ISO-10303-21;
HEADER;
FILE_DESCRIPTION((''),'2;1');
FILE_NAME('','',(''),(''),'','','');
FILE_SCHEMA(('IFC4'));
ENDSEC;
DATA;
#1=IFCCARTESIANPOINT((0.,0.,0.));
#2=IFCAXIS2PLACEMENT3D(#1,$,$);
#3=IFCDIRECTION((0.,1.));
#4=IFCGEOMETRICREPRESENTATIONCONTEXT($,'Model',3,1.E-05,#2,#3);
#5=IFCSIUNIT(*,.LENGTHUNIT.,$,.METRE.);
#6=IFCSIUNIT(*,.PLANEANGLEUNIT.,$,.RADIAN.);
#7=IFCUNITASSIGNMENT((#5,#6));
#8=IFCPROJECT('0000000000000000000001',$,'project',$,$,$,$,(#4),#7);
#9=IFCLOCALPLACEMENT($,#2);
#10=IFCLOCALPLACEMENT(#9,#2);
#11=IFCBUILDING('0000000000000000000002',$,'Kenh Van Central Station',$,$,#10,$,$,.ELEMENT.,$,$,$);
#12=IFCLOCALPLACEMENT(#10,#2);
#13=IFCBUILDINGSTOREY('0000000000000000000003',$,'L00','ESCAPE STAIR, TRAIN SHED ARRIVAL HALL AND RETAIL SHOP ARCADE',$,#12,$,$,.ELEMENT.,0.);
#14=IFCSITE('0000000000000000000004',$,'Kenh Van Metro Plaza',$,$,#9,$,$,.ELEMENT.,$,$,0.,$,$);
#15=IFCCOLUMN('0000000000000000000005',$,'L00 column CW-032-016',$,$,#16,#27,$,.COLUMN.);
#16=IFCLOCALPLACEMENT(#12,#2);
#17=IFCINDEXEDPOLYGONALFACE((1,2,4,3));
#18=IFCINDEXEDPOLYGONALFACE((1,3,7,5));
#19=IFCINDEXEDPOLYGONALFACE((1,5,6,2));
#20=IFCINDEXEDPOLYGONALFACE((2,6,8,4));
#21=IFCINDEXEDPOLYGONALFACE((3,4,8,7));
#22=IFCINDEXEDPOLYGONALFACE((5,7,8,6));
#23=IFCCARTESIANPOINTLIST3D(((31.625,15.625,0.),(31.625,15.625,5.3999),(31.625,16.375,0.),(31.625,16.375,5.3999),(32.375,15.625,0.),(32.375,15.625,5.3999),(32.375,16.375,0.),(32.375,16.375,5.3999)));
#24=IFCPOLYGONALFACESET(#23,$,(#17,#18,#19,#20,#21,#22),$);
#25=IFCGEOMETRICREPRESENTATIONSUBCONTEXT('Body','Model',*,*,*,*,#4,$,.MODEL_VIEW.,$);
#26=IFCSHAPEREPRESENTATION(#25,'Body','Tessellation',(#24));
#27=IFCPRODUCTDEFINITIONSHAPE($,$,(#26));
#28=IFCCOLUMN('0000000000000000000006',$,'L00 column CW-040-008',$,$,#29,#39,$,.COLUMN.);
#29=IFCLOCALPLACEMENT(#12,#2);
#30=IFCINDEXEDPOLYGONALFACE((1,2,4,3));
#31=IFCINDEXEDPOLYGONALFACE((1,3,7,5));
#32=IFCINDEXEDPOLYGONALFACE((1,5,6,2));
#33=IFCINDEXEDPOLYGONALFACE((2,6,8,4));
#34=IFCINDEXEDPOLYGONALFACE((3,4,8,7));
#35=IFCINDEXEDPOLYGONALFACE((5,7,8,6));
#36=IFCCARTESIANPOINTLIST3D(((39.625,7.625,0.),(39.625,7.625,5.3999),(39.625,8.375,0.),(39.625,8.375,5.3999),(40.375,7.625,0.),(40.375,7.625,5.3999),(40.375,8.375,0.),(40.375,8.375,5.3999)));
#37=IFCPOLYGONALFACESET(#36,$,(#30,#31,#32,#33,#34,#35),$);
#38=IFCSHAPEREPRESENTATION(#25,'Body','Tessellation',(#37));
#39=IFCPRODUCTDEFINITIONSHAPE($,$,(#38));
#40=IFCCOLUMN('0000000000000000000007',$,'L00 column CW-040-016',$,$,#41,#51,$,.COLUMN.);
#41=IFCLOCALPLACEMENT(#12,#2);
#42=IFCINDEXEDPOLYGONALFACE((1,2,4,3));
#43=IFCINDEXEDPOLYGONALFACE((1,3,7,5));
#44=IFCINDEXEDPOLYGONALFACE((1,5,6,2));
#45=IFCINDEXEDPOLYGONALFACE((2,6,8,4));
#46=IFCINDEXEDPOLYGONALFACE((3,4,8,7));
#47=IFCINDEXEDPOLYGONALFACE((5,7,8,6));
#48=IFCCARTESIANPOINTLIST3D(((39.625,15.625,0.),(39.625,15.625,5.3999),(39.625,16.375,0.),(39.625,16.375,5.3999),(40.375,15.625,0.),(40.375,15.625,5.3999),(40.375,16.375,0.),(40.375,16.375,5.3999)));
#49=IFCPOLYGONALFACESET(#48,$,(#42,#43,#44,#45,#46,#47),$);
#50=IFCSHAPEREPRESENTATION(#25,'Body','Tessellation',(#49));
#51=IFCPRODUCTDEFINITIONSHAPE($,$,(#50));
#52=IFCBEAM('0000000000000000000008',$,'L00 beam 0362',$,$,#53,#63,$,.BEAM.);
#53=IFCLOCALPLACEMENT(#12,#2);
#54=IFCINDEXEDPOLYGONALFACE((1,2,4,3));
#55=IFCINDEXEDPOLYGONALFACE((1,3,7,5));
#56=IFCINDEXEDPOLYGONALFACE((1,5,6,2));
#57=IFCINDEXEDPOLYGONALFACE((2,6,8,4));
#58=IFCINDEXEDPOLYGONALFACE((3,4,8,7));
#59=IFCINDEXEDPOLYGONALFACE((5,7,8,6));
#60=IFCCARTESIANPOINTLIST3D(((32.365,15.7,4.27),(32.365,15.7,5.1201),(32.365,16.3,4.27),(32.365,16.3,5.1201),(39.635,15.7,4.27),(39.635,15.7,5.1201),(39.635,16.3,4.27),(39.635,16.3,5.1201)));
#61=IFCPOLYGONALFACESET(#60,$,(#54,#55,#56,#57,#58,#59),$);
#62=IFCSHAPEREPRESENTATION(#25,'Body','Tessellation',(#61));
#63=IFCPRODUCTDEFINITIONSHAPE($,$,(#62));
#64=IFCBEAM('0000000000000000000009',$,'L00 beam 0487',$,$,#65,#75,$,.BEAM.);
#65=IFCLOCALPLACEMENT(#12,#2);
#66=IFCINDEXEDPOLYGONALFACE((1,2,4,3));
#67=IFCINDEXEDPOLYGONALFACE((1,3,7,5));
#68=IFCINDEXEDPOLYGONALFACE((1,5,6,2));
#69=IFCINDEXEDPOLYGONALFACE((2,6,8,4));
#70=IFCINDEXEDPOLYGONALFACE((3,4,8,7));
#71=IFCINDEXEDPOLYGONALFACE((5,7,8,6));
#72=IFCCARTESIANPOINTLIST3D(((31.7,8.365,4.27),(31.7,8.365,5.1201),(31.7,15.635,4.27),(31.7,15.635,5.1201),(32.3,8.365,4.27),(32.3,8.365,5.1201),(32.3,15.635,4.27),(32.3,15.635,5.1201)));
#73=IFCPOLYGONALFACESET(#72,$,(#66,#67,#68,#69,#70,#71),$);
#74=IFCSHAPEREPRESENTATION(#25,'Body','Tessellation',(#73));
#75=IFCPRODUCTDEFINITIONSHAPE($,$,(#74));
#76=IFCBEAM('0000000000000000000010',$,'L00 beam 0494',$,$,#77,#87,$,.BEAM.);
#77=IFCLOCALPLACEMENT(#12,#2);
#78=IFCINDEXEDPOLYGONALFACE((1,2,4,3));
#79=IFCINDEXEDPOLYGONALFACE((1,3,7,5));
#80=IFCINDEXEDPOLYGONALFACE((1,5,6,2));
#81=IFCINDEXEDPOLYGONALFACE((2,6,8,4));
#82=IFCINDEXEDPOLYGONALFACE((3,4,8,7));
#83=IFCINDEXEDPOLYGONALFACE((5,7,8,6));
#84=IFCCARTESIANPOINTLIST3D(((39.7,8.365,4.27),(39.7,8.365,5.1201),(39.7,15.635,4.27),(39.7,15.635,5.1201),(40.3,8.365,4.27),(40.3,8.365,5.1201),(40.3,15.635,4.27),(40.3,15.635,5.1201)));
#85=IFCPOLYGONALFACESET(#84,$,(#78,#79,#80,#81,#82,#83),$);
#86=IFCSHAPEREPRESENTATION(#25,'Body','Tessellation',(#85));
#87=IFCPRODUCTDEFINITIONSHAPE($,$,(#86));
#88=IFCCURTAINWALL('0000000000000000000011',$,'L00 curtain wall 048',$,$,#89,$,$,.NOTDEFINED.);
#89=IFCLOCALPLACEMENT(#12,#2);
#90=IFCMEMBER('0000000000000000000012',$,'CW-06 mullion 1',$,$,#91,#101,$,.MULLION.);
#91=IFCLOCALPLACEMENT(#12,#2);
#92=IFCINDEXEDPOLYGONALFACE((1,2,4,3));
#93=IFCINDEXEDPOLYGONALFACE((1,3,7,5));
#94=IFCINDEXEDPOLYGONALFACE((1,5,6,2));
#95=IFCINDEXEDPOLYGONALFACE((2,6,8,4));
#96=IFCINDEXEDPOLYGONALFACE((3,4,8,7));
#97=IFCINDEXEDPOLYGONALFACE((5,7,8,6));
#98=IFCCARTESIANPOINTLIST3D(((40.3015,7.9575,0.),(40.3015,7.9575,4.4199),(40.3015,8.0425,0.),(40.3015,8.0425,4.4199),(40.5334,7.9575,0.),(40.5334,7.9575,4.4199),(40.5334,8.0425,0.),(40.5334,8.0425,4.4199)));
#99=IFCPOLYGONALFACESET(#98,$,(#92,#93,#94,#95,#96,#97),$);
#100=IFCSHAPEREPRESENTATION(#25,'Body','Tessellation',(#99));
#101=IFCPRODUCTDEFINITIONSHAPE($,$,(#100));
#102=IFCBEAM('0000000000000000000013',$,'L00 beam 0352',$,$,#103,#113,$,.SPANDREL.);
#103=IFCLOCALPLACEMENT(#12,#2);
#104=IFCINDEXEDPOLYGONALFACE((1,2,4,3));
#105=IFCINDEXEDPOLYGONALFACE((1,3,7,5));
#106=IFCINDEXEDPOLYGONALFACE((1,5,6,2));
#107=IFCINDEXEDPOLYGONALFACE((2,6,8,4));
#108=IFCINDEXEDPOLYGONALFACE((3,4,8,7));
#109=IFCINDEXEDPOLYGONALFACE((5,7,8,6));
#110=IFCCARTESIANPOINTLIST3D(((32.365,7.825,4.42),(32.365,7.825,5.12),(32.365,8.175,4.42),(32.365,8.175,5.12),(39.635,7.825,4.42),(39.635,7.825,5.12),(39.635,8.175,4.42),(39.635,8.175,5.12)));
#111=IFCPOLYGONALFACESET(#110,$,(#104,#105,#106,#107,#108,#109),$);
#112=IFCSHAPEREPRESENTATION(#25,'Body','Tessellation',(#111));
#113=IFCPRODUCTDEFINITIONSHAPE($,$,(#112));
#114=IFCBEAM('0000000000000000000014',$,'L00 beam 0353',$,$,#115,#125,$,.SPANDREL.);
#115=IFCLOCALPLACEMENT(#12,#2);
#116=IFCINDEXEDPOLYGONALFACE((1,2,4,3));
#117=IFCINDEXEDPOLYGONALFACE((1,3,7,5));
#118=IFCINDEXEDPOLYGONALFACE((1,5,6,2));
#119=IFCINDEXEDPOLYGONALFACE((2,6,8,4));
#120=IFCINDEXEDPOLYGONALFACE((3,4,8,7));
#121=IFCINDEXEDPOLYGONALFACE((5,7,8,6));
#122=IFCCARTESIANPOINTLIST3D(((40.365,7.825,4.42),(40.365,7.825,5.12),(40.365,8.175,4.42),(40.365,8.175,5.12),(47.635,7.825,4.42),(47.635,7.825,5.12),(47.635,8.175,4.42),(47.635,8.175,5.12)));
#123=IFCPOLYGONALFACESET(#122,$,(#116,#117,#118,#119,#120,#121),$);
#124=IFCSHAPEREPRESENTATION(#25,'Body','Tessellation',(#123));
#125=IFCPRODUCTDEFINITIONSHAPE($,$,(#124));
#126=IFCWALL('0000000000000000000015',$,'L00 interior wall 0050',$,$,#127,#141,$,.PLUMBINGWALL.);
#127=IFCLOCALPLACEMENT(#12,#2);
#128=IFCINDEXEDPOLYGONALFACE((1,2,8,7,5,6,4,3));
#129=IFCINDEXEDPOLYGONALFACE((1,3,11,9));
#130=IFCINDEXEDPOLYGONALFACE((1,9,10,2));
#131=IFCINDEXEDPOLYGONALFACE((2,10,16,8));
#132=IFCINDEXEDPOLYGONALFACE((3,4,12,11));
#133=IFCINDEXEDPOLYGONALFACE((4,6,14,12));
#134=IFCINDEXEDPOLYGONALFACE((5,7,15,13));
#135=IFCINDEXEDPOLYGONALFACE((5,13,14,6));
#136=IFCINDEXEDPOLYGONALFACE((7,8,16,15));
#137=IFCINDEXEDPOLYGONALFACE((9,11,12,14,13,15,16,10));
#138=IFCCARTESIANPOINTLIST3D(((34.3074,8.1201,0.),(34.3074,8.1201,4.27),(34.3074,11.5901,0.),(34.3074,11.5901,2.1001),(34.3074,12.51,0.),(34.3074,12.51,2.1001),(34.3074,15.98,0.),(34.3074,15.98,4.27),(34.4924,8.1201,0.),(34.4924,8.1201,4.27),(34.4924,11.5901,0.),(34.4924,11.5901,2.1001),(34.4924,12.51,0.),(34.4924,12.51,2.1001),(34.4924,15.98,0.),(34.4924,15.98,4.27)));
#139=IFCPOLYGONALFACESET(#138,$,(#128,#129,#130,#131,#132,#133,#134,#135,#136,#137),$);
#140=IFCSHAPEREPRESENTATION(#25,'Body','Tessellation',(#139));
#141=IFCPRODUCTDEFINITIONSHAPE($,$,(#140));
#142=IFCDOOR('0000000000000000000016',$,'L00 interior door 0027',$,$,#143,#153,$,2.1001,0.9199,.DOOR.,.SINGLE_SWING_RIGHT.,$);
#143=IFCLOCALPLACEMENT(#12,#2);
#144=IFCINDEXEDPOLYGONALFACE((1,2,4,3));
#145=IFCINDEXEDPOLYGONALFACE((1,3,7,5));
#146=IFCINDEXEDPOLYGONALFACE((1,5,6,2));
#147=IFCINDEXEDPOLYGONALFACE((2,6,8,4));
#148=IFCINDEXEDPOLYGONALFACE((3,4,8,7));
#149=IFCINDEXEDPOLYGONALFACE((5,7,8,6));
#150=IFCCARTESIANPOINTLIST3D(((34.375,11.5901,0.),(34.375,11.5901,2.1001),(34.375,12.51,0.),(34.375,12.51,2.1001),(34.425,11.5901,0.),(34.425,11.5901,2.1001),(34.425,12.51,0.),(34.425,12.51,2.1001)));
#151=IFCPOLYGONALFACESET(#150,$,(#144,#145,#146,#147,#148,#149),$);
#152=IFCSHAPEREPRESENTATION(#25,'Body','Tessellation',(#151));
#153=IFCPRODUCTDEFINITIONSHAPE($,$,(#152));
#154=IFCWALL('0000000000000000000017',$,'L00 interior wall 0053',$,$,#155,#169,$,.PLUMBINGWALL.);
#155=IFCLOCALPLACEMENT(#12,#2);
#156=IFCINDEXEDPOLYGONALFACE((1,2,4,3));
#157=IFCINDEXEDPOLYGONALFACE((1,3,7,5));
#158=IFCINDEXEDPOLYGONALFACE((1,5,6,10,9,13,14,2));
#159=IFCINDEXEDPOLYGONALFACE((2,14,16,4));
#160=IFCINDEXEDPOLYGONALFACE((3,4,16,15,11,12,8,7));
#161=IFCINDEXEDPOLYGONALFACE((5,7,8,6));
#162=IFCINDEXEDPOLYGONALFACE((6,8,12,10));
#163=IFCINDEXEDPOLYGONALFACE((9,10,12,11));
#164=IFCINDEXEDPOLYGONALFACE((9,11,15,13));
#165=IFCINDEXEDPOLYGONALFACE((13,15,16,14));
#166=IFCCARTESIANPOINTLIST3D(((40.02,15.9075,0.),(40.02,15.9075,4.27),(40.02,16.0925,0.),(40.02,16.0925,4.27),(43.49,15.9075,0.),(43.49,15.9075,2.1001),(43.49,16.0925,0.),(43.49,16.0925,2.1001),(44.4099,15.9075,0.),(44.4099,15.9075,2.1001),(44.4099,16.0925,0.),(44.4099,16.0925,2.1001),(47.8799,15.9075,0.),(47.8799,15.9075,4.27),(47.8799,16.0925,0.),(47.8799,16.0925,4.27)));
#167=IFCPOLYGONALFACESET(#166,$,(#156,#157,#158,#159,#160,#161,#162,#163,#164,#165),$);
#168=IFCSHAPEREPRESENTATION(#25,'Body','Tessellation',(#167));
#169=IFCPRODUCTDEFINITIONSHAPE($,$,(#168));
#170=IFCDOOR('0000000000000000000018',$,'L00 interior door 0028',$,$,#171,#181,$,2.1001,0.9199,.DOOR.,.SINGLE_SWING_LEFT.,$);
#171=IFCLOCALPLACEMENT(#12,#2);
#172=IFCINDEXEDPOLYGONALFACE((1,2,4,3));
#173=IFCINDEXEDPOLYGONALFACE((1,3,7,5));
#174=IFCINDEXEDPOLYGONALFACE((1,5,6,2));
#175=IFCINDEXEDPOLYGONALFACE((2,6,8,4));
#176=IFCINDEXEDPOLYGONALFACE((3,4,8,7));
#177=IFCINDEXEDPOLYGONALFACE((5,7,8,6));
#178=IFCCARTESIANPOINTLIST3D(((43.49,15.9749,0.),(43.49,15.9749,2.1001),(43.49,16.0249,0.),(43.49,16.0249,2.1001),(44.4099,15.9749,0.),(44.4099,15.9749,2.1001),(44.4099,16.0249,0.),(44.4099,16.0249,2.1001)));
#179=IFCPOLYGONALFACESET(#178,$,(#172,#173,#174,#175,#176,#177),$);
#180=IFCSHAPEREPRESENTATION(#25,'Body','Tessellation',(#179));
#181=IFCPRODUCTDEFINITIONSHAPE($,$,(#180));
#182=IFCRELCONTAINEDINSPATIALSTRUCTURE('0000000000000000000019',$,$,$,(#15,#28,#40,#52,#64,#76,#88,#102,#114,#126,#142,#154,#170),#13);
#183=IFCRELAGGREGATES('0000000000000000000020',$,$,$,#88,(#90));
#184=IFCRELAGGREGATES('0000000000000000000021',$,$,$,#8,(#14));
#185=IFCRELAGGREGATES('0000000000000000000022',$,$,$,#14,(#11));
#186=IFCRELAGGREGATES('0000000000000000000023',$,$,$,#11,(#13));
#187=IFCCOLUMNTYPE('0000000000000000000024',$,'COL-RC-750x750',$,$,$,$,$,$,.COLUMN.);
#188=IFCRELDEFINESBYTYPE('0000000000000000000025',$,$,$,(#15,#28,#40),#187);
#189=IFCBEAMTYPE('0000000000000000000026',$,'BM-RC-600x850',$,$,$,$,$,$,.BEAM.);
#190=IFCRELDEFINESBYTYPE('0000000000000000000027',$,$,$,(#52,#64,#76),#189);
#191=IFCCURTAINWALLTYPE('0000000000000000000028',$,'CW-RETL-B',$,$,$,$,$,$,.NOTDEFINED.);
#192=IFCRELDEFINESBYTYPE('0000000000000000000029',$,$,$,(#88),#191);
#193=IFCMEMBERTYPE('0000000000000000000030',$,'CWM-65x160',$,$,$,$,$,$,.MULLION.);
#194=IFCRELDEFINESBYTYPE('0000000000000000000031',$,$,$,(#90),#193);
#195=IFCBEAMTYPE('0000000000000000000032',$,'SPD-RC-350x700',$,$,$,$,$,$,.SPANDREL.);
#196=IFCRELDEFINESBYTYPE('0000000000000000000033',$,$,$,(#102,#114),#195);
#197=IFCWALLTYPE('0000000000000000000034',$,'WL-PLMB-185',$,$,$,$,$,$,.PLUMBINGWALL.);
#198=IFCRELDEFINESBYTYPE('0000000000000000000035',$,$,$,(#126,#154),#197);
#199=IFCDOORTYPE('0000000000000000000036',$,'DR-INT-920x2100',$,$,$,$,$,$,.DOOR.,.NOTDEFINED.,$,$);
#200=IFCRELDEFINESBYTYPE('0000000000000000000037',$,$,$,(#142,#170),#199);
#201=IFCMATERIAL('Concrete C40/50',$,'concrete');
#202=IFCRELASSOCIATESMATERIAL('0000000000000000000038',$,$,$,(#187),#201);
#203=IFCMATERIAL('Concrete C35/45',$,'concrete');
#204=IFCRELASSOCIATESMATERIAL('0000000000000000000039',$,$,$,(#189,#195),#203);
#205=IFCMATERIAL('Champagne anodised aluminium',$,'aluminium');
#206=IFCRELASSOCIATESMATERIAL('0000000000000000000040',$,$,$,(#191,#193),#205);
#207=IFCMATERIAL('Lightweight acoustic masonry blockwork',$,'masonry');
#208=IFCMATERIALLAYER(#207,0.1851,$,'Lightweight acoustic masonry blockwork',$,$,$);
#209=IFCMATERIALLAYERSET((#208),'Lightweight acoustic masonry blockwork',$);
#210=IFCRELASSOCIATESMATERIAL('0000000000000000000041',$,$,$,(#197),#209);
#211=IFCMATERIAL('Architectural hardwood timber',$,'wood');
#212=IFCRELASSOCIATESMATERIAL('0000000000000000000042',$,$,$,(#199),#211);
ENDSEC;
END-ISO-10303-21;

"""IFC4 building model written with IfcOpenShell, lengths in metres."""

from ifc_helpers import new_model, si_unit, direction, frame, frame_2d, origin, origin_2d, place, context, subcontext, project, spatial, rectangle, extrude, material, layer, layer_set, material_profile, profile_set, type_object, element, fill, aggregate, save


model = new_model("IFC4")

# Units and contexts
model_context = context("Model", 3, precision=1e-05, world=origin(), true_north=direction((0.0, 1.0)))
body_context = subcontext(model_context, "Body", "Model", "MODEL_VIEW")
ifc_project = project(units=[si_unit("LENGTHUNIT", "METRE"), si_unit("PLANEANGLEUNIT", "RADIAN")], contexts=[model_context])

# Site, building, storey
site_placement = place(None, origin())
site = spatial("IfcSite", under=ifc_project, at=site_placement, Name="Kenh Van Metro Plaza", CompositionType="ELEMENT", RefElevation=0.0)
building_placement = place(site_placement, origin())
building = spatial("IfcBuilding", under=site, at=building_placement, Name="Kenh Van Central Station", CompositionType="ELEMENT")
storey_placement = place(building_placement, origin())
storey = spatial("IfcBuildingStorey", under=building, at=storey_placement, Name="L00", Description="ESCAPE STAIR, TRAIN SHED ARRIVAL HALL AND RETAIL SHOP ARCADE", CompositionType="ELEMENT", Elevation=0.0)

# Columns
ifc_material_1 = material(Name="Concrete C40/50", Category="concrete")
ifc_material_profile_1 = material_profile(ifc_material_1, rectangle(XDim=0.75, YDim=0.75, at=origin_2d()), Name="RC 750x750")
ifc_profile_set_1 = profile_set([ifc_material_profile_1], Name="Concrete C40/50")
column_type = type_object("IfcColumnType", Name="COL-RC-750x750", PredefinedType="COLUMN", material=ifc_profile_set_1)
for number, where, z_axis, x_axis, name in (
    (1, (32.0, 16.0, 0.0), (0.0, 0.0, 1.0), (1.0, 0.0, 0.0), "L00 column CW-032-016"),
    (2, (40.0, 8.0, 0.0), (0.0, 0.0, 1.0), (1.0, 0.0, 0.0), "L00 column CW-040-008"),
    (3, (40.0, 16.0, 0.0), (0.0, 0.0, 1.0), (1.0, 0.0, 0.0), "L00 column CW-040-016"),
):
    element("IfcColumn", number, at=place(storey_placement, frame(where, z_axis=z_axis, x_axis=x_axis)), inside=storey, type_object=column_type, Name=name, PredefinedType="COLUMN", context=body_context, shape_type="SweptSolid", body=[
        extrude(rectangle(XDim=0.75, YDim=0.75, at=origin_2d()), origin(), (0.0, 0.0, 1.0), 5.3999),
    ])

# Beams
ifc_material_2 = material(Name="Concrete C35/45", Category="concrete")
ifc_material_profile_2 = material_profile(ifc_material_2, rectangle(XDim=0.6001, YDim=0.8501, at=origin_2d()), Name="RC 600x850")
ifc_profile_set_2 = profile_set([ifc_material_profile_2], Name="Concrete C35/45")
beam_type_1 = type_object("IfcBeamType", Name="BM-RC-600x850", PredefinedType="BEAM", material=ifc_profile_set_2)
for number, where, z_axis, x_axis, name in (
    (4, (32.365, 16.0, 4.6951), (1.0, 0.0, 0.0), (0.0, 1.0, 0.0), "L00 beam 0362"),
    (5, (32.0, 8.365, 4.6951), (0.0, 1.0, 0.0), (-1.0, 0.0, 0.0), "L00 beam 0487"),
    (6, (40.0, 8.365, 4.6951), (0.0, 1.0, 0.0), (-1.0, 0.0, 0.0), "L00 beam 0494"),
):
    element("IfcBeam", number, at=place(storey_placement, frame(where, z_axis=z_axis, x_axis=x_axis)), inside=storey, type_object=beam_type_1, Name=name, PredefinedType="BEAM", context=body_context, shape_type="SweptSolid", body=[
        extrude(rectangle(XDim=0.6001, YDim=0.8501, at=origin_2d()), origin(), (0.0, 0.0, 1.0), 7.27),
    ])

# Curtain wall, member
ifc_material_3 = material(Name="Champagne anodised aluminium", Category="aluminium")
curtain_wall_type = type_object("IfcCurtainWallType", Name="CW-RETL-B", PredefinedType="NOTDEFINED", material=ifc_material_3)
curtain_wall_placement = place(storey_placement, origin())
curtain_wall = element("IfcCurtainWall", 7, at=curtain_wall_placement, inside=storey, type_object=curtain_wall_type, Name="L00 curtain wall 048", PredefinedType="NOTDEFINED")
ifc_material_profile_3 = material_profile(ifc_material_3, rectangle(XDim=0.085, YDim=0.2319, at=origin_2d()), Name="AL 85x232")
ifc_profile_set_3 = profile_set([ifc_material_profile_3], Name="Champagne anodised aluminium")
member_type = type_object("IfcMemberType", Name="CWM-65x160", PredefinedType="MULLION", material=ifc_profile_set_3)
member_placement = place(storey_placement, frame((40.4175, 8.0, 0.0), z_axis=(0.0, 0.0, 1.0), x_axis=(0.0, 1.0, 0.0)))
member = element("IfcMember", 8, at=member_placement, type_object=member_type, Name="CW-06 mullion 1", PredefinedType="MULLION", context=body_context, shape_type="SweptSolid", body=[
    extrude(rectangle(XDim=0.085, YDim=0.2319, at=origin_2d()), origin(), (0.0, 0.0, 1.0), 4.4199),
])
aggregate(curtain_wall, [member])

# Beams
ifc_material_profile_4 = material_profile(ifc_material_2, rectangle(XDim=0.3501, YDim=0.7, at=origin_2d()), Name="RC 350x700")
ifc_profile_set_4 = profile_set([ifc_material_profile_4], Name="Concrete C35/45")
beam_type_2 = type_object("IfcBeamType", Name="SPD-RC-350x700", PredefinedType="SPANDREL", material=ifc_profile_set_4)
for number, where, z_axis, x_axis, name in (
    (9, (32.365, 8.0, 4.77), (1.0, 0.0, 0.0), (0.0, 1.0, 0.0), "L00 beam 0352"),
    (10, (40.365, 8.0, 4.77), (1.0, 0.0, 0.0), (0.0, 1.0, 0.0), "L00 beam 0353"),
):
    element("IfcBeam", number, at=place(storey_placement, frame(where, z_axis=z_axis, x_axis=x_axis)), inside=storey, type_object=beam_type_2, Name=name, PredefinedType="SPANDREL", context=body_context, shape_type="SweptSolid", body=[
        extrude(rectangle(XDim=0.3501, YDim=0.7, at=origin_2d()), origin(), (0.0, 0.0, 1.0), 7.27),
    ])

# Walls, openings, doors
ifc_material_4 = material(Name="Lightweight acoustic masonry blockwork", Category="masonry")
ifc_layer_1 = layer(ifc_material_4, 0.1851, Name="Lightweight acoustic masonry blockwork")
ifc_layer_set_1 = layer_set([ifc_layer_1], Name="Lightweight acoustic masonry blockwork")
wall_type_1 = type_object("IfcWallType", Name="WL-PLMB-185", PredefinedType="PLUMBINGWALL", material=ifc_layer_set_1)
wall_1_placement = place(storey_placement, frame((34.3999, 8.1201, 0.0), z_axis=(0.0, 0.0, 1.0), x_axis=(0.0, 1.0, 0.0)))
wall_1 = element("IfcWall", 11, at=wall_1_placement, inside=storey, type_object=wall_type_1, Name="L00 interior wall 0050", PredefinedType="PLUMBINGWALL", context=body_context, shape_type="SweptSolid", body=[
    extrude(rectangle(XDim=7.8599, YDim=0.1851, at=frame_2d((3.9299, 0.0))), origin(), (0.0, 0.0, 1.0), 4.27),
])
opening_1_placement = place(wall_1_placement, frame((3.47, 0.0, 0.0)))
opening_1 = element("IfcOpeningElement", 12, at=opening_1_placement, cuts=wall_1, PredefinedType="OPENING", context=body_context, shape_type="SweptSolid", body=[
    extrude(rectangle(XDim=0.9199, YDim=2.1001, at=frame_2d((0.46, 1.05))), frame((0.0, 0.1025, 0.0), z_axis=(0.0, -1.0, 0.0), x_axis=(1.0, 0.0, 0.0)), (0.0, 0.0, 1.0), 0.2051),
])
ifc_material_5 = material(Name="Architectural hardwood timber", Category="wood")
door_type = type_object("IfcDoorType", Name="DR-INT-920x2100", OperationType="NOTDEFINED", PredefinedType="DOOR", material=ifc_material_5)
door_1_placement = place(opening_1_placement, origin())
door_1 = element("IfcDoor", 13, at=door_1_placement, inside=storey, type_object=door_type, Name="L00 interior door 0027", OperationType="SINGLE_SWING_RIGHT", OverallHeight=2.1001, OverallWidth=0.9199, PredefinedType="DOOR", context=body_context, shape_type="SweptSolid", body=[
    extrude(rectangle(XDim=0.9199, YDim=2.1001, at=frame_2d((0.46, 1.05))), frame((0.0, 0.0249, 0.0), z_axis=(0.0, -1.0, 0.0), x_axis=(1.0, 0.0, 0.0)), (0.0, 0.0, 1.0), 0.05),
])
fill(opening_1, door_1)
wall_2_placement = place(storey_placement, frame((40.02, 16.0, 0.0), z_axis=(0.0, 0.0, 1.0), x_axis=(1.0, 0.0, 0.0)))
wall_2 = element("IfcWall", 14, at=wall_2_placement, inside=storey, type_object=wall_type_1, Name="L00 interior wall 0053", PredefinedType="PLUMBINGWALL", context=body_context, shape_type="SweptSolid", body=[
    extrude(rectangle(XDim=7.8599, YDim=0.1851, at=frame_2d((3.9299, 0.0))), origin(), (0.0, 0.0, 1.0), 4.27),
])
opening_2_placement = place(wall_2_placement, frame((3.47, 0.0, 0.0)))
opening_2 = element("IfcOpeningElement", 15, at=opening_2_placement, cuts=wall_2, PredefinedType="OPENING", context=body_context, shape_type="SweptSolid", body=[
    extrude(rectangle(XDim=0.9199, YDim=2.1001, at=frame_2d((0.46, 1.05))), frame((0.0, 0.1025, 0.0), z_axis=(0.0, -1.0, 0.0), x_axis=(1.0, 0.0, 0.0)), (0.0, 0.0, 1.0), 0.2051),
])
door_2_placement = place(opening_2_placement, origin())
door_2 = element("IfcDoor", 16, at=door_2_placement, inside=storey, type_object=door_type, Name="L00 interior door 0028", OperationType="SINGLE_SWING_LEFT", OverallHeight=2.1001, OverallWidth=0.9199, PredefinedType="DOOR", context=body_context, shape_type="SweptSolid", body=[
    extrude(rectangle(XDim=0.9199, YDim=2.1001, at=frame_2d((0.46, 1.05))), frame((0.0, 0.0249, 0.0), z_axis=(0.0, -1.0, 0.0), x_axis=(1.0, 0.0, 0.0)), (0.0, 0.0, 1.0), 0.05),
])
fill(opening_2, door_2)

save(model, "model.ifc")
